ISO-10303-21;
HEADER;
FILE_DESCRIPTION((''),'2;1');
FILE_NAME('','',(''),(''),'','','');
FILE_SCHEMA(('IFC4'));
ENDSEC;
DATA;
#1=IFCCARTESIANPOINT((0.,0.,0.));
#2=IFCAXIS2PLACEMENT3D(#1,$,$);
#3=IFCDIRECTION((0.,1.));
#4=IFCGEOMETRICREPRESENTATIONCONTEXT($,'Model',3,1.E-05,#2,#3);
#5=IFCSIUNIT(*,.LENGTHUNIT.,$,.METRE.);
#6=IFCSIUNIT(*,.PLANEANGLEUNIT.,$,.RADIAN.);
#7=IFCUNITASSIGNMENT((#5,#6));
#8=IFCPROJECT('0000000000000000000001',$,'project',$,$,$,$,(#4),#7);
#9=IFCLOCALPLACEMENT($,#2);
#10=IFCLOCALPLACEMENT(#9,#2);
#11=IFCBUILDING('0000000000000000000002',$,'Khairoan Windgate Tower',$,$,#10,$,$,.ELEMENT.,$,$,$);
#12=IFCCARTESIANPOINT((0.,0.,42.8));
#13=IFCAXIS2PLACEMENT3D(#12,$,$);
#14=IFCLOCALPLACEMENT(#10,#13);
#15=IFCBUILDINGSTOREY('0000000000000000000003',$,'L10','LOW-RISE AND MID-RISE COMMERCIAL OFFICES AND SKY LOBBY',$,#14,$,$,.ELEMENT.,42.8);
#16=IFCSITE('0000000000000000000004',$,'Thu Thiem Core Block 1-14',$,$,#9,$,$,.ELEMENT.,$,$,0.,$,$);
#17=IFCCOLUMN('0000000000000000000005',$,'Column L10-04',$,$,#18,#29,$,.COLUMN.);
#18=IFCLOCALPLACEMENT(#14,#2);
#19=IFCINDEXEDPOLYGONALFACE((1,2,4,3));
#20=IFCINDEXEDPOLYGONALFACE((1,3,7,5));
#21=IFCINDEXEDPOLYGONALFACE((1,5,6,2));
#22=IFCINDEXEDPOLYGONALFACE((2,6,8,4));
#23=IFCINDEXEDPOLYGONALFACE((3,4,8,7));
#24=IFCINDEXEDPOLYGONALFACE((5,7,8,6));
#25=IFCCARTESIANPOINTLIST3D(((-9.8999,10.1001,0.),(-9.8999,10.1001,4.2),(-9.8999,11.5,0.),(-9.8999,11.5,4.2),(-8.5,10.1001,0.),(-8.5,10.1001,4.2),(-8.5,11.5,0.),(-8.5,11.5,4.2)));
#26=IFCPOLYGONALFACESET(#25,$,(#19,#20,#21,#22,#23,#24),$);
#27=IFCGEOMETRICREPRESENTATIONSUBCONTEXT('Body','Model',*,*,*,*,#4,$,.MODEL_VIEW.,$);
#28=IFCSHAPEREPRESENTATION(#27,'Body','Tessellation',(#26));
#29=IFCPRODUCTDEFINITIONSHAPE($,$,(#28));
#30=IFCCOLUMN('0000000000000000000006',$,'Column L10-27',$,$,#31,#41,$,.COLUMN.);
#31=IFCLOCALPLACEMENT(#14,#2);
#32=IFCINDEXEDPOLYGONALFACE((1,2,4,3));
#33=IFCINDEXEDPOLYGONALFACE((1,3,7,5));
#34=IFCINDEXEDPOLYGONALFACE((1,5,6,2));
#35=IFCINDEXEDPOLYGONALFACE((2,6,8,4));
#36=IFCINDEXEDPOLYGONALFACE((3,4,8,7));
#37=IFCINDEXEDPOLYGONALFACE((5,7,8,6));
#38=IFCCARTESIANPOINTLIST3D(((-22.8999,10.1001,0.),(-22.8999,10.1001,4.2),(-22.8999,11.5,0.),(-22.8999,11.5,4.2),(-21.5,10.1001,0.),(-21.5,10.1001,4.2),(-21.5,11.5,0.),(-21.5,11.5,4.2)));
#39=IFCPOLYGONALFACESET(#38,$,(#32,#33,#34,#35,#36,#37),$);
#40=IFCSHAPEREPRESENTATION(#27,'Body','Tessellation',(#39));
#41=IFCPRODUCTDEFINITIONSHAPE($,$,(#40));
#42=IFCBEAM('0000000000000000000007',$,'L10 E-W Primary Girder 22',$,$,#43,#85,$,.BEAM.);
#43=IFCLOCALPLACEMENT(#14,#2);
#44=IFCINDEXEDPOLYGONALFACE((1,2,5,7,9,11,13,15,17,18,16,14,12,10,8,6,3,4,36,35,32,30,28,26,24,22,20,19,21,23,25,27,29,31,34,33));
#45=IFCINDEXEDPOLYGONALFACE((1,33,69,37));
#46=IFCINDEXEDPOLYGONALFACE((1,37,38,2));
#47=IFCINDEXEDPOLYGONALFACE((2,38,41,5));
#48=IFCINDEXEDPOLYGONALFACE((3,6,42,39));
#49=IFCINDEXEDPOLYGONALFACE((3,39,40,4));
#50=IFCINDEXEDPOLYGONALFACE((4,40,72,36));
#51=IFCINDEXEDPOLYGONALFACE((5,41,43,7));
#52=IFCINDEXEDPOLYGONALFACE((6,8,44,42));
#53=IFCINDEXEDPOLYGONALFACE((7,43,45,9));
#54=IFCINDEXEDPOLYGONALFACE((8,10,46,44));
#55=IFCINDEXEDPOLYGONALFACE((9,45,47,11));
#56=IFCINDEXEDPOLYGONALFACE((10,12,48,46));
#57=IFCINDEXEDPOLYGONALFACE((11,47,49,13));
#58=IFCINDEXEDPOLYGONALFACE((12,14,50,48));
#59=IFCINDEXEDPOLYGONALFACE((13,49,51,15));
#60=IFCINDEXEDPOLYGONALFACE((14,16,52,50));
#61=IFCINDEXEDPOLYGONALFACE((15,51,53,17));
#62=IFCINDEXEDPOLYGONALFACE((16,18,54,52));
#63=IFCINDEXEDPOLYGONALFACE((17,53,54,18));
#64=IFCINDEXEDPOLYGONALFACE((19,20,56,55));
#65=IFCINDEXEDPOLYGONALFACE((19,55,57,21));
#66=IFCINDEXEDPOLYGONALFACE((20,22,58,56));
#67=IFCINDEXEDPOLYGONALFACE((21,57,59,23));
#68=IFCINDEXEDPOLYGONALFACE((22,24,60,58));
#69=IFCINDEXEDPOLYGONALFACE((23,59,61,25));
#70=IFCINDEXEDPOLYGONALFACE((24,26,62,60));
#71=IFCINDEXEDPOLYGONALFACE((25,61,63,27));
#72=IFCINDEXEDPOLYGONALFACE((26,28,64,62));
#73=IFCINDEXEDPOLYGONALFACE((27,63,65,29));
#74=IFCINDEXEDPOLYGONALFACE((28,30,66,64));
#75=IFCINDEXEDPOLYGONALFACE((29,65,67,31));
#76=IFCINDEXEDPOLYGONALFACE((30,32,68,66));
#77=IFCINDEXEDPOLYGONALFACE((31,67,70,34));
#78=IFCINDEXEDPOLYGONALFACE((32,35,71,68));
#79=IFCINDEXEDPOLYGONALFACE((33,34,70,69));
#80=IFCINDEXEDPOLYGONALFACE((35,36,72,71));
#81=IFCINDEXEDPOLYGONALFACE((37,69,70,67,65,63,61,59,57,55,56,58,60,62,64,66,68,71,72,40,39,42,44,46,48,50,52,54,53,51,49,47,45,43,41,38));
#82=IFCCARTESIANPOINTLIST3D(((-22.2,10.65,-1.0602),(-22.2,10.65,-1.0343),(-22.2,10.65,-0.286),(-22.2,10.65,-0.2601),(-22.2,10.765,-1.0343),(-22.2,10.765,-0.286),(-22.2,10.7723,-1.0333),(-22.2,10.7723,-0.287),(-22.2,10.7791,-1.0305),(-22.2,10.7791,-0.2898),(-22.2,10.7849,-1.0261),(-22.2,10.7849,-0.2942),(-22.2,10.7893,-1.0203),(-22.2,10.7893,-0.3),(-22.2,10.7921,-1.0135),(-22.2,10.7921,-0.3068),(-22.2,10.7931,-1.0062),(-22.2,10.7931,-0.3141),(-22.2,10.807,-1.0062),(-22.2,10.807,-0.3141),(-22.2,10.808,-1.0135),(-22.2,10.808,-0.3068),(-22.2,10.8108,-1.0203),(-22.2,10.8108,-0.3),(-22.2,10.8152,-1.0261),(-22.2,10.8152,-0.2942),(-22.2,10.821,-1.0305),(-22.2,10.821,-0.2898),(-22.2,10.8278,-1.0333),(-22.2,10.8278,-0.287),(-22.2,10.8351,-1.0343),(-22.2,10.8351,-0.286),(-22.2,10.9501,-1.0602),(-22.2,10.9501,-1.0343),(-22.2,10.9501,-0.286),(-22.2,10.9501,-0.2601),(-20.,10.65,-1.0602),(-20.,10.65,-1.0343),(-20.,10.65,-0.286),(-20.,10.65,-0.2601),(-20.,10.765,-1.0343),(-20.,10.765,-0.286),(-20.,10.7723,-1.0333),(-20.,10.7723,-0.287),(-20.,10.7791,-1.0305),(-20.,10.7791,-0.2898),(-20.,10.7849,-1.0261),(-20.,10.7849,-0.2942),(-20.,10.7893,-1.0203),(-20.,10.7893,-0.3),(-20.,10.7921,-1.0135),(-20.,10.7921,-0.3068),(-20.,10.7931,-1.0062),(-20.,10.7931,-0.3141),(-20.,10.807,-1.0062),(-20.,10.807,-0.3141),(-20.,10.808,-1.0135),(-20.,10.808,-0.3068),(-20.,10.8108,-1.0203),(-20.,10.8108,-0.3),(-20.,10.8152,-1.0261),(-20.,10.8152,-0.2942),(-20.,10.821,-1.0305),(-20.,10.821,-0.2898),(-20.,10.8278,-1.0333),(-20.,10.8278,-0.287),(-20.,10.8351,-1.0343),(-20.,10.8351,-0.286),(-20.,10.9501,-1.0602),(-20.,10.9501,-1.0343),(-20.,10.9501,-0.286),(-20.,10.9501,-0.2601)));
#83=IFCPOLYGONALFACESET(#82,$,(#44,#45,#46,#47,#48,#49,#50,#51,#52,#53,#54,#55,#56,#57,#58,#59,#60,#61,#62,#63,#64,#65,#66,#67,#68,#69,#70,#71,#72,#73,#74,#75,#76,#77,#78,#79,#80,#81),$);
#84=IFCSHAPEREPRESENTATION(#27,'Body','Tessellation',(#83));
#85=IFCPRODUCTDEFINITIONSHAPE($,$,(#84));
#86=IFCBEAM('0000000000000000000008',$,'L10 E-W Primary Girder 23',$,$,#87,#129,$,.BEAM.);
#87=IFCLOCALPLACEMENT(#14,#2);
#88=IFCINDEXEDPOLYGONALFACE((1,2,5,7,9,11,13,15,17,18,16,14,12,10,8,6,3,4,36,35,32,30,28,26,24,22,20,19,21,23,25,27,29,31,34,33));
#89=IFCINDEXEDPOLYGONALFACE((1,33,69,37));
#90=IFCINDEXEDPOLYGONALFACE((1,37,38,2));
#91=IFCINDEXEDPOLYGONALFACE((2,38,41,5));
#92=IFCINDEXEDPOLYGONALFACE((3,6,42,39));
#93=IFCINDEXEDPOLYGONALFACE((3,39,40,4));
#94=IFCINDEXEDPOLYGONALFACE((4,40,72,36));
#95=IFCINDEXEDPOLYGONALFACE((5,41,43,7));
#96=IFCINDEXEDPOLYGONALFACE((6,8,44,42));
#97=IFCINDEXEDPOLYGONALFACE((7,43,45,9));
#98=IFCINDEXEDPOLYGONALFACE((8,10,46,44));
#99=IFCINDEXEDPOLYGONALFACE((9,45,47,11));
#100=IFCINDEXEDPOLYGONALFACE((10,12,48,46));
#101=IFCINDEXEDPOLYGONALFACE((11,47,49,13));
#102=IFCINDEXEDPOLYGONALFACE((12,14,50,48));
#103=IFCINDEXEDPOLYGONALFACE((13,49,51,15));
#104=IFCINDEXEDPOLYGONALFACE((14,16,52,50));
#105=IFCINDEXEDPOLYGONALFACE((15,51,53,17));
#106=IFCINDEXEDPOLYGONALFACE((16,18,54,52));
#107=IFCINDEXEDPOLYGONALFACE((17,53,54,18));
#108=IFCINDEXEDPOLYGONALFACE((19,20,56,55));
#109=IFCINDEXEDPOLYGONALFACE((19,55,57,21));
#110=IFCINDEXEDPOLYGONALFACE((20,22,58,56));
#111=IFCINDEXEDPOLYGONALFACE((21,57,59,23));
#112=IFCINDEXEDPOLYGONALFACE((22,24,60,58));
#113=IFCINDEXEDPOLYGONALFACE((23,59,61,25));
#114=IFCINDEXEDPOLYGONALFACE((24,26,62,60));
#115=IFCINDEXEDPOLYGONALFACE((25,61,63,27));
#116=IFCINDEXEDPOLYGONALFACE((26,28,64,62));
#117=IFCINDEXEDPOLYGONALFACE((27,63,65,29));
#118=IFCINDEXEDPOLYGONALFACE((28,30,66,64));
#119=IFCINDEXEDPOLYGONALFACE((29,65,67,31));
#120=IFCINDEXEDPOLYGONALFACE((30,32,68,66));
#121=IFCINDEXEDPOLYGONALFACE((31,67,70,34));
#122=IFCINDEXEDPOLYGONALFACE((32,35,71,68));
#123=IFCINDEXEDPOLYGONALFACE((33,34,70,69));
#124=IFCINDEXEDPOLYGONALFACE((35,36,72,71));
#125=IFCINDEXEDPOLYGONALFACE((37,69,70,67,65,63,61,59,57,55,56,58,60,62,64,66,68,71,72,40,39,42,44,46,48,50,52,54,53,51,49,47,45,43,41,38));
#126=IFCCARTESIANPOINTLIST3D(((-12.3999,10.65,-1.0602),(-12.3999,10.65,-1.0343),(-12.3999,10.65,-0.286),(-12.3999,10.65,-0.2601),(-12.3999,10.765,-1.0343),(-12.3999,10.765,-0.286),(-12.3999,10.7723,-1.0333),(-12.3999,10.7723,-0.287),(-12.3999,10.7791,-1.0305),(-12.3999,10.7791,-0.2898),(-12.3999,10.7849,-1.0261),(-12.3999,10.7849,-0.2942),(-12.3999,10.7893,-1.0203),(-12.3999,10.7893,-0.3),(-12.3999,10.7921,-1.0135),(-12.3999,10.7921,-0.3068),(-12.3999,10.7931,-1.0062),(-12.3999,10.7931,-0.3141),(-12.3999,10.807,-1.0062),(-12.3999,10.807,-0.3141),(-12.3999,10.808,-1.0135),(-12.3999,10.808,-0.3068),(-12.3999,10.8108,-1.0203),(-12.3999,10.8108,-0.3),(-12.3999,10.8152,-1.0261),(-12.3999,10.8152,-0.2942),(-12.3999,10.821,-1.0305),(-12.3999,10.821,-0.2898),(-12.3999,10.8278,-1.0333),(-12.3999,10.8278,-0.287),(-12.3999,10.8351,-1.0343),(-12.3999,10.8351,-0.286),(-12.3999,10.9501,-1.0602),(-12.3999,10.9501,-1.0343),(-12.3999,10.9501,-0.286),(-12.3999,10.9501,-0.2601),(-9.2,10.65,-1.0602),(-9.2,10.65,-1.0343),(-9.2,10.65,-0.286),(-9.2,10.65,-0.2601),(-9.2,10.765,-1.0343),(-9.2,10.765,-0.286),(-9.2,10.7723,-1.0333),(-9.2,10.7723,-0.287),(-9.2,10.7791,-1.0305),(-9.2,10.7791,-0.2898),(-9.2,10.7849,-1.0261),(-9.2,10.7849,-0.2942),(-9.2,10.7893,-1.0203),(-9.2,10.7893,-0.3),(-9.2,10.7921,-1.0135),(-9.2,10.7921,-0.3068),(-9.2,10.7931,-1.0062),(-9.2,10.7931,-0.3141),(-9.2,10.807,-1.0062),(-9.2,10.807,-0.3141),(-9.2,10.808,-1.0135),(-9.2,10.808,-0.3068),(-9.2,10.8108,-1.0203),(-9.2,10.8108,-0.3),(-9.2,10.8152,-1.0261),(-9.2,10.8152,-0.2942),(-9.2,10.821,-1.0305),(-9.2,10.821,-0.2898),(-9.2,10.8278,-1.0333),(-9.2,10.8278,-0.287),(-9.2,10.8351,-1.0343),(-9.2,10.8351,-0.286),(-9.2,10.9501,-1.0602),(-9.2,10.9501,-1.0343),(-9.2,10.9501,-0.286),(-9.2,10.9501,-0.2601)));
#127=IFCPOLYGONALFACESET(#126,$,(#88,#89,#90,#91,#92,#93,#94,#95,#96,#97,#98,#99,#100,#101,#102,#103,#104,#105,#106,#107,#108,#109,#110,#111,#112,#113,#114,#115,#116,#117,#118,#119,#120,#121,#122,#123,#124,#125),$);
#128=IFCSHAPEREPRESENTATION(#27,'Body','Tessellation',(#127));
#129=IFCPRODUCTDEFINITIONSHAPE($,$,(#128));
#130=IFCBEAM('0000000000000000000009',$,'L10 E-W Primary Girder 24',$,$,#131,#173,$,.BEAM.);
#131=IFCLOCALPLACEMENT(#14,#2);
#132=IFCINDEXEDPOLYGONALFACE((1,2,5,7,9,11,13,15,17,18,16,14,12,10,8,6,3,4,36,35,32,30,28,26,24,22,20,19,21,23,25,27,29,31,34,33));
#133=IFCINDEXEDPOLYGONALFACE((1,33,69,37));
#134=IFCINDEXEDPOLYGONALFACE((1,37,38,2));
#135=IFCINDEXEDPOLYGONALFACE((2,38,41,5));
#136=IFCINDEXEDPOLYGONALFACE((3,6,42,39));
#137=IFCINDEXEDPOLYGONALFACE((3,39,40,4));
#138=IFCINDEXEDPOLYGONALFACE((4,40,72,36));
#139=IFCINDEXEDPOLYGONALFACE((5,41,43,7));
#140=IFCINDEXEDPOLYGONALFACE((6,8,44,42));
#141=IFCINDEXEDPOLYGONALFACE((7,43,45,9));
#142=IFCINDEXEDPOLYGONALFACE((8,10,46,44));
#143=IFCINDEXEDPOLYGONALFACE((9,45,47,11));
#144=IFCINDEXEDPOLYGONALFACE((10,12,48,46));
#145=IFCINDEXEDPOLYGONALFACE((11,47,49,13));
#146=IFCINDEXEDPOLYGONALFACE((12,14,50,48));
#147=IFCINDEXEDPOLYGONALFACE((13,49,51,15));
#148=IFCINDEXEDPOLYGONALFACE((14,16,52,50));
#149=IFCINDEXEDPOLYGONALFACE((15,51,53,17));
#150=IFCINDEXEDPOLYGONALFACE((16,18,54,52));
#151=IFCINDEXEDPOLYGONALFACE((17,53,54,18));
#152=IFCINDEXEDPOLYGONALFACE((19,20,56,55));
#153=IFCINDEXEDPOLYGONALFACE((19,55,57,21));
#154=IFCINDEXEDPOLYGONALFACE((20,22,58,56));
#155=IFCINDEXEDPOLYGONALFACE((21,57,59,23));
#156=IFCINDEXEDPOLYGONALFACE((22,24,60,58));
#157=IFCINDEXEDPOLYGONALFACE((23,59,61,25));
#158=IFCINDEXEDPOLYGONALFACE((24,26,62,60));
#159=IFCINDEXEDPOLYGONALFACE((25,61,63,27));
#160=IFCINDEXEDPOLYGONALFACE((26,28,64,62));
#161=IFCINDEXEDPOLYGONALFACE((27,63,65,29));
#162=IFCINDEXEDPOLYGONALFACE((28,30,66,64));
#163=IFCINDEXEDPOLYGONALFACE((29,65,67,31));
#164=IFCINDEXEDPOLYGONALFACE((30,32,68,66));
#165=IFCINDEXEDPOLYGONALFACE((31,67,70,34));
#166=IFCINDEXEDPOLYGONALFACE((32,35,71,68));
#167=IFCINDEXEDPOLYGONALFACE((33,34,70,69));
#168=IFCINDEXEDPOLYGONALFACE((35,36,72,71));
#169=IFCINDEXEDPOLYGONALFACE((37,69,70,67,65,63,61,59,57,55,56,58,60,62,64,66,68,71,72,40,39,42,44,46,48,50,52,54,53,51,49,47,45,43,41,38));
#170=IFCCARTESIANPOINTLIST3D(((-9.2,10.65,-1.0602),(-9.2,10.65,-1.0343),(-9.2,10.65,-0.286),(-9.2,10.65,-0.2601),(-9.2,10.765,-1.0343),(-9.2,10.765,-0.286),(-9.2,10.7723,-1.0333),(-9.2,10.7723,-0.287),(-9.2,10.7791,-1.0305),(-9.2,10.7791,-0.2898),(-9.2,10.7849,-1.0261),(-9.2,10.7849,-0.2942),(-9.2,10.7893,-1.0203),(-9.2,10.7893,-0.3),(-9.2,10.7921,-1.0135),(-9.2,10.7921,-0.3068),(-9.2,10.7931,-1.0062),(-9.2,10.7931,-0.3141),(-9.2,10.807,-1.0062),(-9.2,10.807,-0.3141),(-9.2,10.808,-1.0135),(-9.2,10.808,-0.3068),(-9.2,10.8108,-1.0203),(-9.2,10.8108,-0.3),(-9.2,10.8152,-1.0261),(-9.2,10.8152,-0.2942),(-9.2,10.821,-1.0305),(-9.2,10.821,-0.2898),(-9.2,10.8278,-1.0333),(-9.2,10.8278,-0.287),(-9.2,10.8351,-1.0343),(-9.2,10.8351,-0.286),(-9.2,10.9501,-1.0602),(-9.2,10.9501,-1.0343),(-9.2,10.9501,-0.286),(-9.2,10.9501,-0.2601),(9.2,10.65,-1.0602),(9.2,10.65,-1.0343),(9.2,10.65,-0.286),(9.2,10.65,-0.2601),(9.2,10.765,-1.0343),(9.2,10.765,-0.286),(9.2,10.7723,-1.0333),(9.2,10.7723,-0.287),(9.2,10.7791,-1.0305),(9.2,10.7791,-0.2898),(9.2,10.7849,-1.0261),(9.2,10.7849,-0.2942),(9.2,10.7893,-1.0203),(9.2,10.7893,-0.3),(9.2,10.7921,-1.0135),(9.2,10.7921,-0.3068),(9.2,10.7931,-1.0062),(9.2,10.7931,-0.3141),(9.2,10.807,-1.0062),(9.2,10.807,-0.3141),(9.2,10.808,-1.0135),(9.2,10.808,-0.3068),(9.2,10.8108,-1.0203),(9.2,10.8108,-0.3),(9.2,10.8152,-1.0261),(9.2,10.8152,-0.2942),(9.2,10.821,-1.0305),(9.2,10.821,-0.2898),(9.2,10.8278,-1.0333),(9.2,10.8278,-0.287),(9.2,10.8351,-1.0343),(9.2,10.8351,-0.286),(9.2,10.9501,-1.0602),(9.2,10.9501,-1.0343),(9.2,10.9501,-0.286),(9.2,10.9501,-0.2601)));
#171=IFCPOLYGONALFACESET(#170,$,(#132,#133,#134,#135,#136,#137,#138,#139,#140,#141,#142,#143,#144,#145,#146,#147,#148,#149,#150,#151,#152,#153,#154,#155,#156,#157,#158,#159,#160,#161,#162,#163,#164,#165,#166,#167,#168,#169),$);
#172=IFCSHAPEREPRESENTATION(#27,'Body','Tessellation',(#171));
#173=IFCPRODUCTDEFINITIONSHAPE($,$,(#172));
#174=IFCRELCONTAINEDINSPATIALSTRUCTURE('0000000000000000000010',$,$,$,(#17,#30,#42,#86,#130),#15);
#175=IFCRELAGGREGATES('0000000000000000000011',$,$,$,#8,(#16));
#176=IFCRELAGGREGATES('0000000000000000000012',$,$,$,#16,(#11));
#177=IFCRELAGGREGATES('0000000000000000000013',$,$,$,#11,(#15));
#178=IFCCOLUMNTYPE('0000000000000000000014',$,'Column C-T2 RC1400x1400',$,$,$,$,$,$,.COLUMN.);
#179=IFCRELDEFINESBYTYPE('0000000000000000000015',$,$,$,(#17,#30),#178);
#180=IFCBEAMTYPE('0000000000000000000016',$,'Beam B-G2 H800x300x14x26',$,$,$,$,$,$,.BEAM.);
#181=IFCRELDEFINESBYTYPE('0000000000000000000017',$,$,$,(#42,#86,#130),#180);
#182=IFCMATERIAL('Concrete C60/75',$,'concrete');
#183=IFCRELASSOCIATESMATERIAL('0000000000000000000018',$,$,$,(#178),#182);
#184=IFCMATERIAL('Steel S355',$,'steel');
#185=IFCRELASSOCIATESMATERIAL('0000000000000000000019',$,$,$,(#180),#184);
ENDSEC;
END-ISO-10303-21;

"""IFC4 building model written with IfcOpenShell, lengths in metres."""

from ifc_helpers import new_model, si_unit, direction, frame, origin, origin_2d, place, context, subcontext, project, spatial, rectangle, i_section, extrude, material, material_profile, profile_set, type_object, element, save


model = new_model("IFC4")

# Units and contexts
model_context = context("Model", 3, precision=1e-05, world=origin(), true_north=direction((0.0, 1.0)))
body_context = subcontext(model_context, "Body", "Model", "MODEL_VIEW")
ifc_project = project(units=[si_unit("LENGTHUNIT", "METRE"), si_unit("PLANEANGLEUNIT", "RADIAN")], contexts=[model_context])

# Site, building, storey
site_placement = place(None, origin())
site = spatial("IfcSite", under=ifc_project, at=site_placement, Name="Thu Thiem Core Block 1-14", CompositionType="ELEMENT", RefElevation=0.0)
building_placement = place(site_placement, origin())
building = spatial("IfcBuilding", under=site, at=building_placement, Name="Khairoan Windgate Tower", CompositionType="ELEMENT")
storey_placement = place(building_placement, frame((0.0, 0.0, 42.8)))
storey = spatial("IfcBuildingStorey", under=building, at=storey_placement, Name="L10", Description="LOW-RISE AND MID-RISE COMMERCIAL OFFICES AND SKY LOBBY", CompositionType="ELEMENT", Elevation=42.8)

# Columns
ifc_material_1 = material(Name="Concrete C60/75", Category="concrete")
ifc_material_profile_1 = material_profile(ifc_material_1, rectangle(XDim=1.3999, YDim=1.3999, at=origin_2d()))
ifc_profile_set_1 = profile_set([ifc_material_profile_1], Name="Concrete C60/75")
column_type = type_object("IfcColumnType", Name="Column C-T2 RC1400x1400", PredefinedType="COLUMN", material=ifc_profile_set_1)
for number, where, z_axis, x_axis, name in (
    (1, (-9.2, 10.8, 0.0), (0.0, 0.0, 1.0), (1.0, 0.0, 0.0), "Column L10-04"),
    (2, (-22.2, 10.8, 0.0), (0.0, 0.0, 1.0), (1.0, 0.0, 0.0), "Column L10-27"),
):
    element("IfcColumn", number, at=place(storey_placement, frame(where, z_axis=z_axis, x_axis=x_axis)), inside=storey, type_object=column_type, Name=name, PredefinedType="COLUMN", context=body_context, shape_type="SweptSolid", body=[
        extrude(rectangle(XDim=1.3999, YDim=1.3999, at=origin_2d()), origin(), (0.0, 0.0, 1.0), 4.2),
    ])

# Beams
ifc_material_2 = material(Name="Steel S355", Category="steel")
ifc_material_profile_2 = material_profile(ifc_material_2, i_section(OverallWidth=0.3, OverallDepth=0.8, WebThickness=0.0139, FlangeThickness=0.0259, FilletRadius=0.0281, at=origin_2d()))
ifc_profile_set_2 = profile_set([ifc_material_profile_2], Name="Steel S355")
beam_type_1 = type_object("IfcBeamType", Name="Beam B-G2 H800x300x14x26", PredefinedType="BEAM", material=ifc_profile_set_2)
beam_1_placement = place(storey_placement, frame((-22.2, 10.8, -0.6602), z_axis=(1.0, 0.0, 0.0), x_axis=(0.0, 1.0, 0.0)))
element("IfcBeam", 3, at=beam_1_placement, inside=storey, type_object=beam_type_1, Name="L10 E-W Primary Girder 22", PredefinedType="BEAM", context=body_context, shape_type="SweptSolid", body=[
    extrude(i_section(OverallWidth=0.3, OverallDepth=0.8, WebThickness=0.0139, FlangeThickness=0.0259, FilletRadius=0.0281, at=origin_2d()), origin(), (0.0, 0.0, 1.0), 2.2),
])
beam_2_placement = place(storey_placement, frame((-12.3999, 10.8, -0.6602), z_axis=(1.0, 0.0, 0.0), x_axis=(0.0, 1.0, 0.0)))
element("IfcBeam", 4, at=beam_2_placement, inside=storey, type_object=beam_type_1, Name="L10 E-W Primary Girder 23", PredefinedType="BEAM", context=body_context, shape_type="SweptSolid", body=[
    extrude(i_section(OverallWidth=0.3, OverallDepth=0.8, WebThickness=0.0139, FlangeThickness=0.0259, FilletRadius=0.0281, at=origin_2d()), origin(), (0.0, 0.0, 1.0), 3.2),
])
beam_3_placement = place(storey_placement, frame((-9.2, 10.8, -0.6602), z_axis=(1.0, 0.0, 0.0), x_axis=(0.0, 1.0, 0.0)))
element("IfcBeam", 5, at=beam_3_placement, inside=storey, type_object=beam_type_1, Name="L10 E-W Primary Girder 24", PredefinedType="BEAM", context=body_context, shape_type="SweptSolid", body=[
    extrude(i_section(OverallWidth=0.3, OverallDepth=0.8, WebThickness=0.0139, FlangeThickness=0.0259, FilletRadius=0.0281, at=origin_2d()), origin(), (0.0, 0.0, 1.0), 18.3999),
])

save(model, "model.ifc")
